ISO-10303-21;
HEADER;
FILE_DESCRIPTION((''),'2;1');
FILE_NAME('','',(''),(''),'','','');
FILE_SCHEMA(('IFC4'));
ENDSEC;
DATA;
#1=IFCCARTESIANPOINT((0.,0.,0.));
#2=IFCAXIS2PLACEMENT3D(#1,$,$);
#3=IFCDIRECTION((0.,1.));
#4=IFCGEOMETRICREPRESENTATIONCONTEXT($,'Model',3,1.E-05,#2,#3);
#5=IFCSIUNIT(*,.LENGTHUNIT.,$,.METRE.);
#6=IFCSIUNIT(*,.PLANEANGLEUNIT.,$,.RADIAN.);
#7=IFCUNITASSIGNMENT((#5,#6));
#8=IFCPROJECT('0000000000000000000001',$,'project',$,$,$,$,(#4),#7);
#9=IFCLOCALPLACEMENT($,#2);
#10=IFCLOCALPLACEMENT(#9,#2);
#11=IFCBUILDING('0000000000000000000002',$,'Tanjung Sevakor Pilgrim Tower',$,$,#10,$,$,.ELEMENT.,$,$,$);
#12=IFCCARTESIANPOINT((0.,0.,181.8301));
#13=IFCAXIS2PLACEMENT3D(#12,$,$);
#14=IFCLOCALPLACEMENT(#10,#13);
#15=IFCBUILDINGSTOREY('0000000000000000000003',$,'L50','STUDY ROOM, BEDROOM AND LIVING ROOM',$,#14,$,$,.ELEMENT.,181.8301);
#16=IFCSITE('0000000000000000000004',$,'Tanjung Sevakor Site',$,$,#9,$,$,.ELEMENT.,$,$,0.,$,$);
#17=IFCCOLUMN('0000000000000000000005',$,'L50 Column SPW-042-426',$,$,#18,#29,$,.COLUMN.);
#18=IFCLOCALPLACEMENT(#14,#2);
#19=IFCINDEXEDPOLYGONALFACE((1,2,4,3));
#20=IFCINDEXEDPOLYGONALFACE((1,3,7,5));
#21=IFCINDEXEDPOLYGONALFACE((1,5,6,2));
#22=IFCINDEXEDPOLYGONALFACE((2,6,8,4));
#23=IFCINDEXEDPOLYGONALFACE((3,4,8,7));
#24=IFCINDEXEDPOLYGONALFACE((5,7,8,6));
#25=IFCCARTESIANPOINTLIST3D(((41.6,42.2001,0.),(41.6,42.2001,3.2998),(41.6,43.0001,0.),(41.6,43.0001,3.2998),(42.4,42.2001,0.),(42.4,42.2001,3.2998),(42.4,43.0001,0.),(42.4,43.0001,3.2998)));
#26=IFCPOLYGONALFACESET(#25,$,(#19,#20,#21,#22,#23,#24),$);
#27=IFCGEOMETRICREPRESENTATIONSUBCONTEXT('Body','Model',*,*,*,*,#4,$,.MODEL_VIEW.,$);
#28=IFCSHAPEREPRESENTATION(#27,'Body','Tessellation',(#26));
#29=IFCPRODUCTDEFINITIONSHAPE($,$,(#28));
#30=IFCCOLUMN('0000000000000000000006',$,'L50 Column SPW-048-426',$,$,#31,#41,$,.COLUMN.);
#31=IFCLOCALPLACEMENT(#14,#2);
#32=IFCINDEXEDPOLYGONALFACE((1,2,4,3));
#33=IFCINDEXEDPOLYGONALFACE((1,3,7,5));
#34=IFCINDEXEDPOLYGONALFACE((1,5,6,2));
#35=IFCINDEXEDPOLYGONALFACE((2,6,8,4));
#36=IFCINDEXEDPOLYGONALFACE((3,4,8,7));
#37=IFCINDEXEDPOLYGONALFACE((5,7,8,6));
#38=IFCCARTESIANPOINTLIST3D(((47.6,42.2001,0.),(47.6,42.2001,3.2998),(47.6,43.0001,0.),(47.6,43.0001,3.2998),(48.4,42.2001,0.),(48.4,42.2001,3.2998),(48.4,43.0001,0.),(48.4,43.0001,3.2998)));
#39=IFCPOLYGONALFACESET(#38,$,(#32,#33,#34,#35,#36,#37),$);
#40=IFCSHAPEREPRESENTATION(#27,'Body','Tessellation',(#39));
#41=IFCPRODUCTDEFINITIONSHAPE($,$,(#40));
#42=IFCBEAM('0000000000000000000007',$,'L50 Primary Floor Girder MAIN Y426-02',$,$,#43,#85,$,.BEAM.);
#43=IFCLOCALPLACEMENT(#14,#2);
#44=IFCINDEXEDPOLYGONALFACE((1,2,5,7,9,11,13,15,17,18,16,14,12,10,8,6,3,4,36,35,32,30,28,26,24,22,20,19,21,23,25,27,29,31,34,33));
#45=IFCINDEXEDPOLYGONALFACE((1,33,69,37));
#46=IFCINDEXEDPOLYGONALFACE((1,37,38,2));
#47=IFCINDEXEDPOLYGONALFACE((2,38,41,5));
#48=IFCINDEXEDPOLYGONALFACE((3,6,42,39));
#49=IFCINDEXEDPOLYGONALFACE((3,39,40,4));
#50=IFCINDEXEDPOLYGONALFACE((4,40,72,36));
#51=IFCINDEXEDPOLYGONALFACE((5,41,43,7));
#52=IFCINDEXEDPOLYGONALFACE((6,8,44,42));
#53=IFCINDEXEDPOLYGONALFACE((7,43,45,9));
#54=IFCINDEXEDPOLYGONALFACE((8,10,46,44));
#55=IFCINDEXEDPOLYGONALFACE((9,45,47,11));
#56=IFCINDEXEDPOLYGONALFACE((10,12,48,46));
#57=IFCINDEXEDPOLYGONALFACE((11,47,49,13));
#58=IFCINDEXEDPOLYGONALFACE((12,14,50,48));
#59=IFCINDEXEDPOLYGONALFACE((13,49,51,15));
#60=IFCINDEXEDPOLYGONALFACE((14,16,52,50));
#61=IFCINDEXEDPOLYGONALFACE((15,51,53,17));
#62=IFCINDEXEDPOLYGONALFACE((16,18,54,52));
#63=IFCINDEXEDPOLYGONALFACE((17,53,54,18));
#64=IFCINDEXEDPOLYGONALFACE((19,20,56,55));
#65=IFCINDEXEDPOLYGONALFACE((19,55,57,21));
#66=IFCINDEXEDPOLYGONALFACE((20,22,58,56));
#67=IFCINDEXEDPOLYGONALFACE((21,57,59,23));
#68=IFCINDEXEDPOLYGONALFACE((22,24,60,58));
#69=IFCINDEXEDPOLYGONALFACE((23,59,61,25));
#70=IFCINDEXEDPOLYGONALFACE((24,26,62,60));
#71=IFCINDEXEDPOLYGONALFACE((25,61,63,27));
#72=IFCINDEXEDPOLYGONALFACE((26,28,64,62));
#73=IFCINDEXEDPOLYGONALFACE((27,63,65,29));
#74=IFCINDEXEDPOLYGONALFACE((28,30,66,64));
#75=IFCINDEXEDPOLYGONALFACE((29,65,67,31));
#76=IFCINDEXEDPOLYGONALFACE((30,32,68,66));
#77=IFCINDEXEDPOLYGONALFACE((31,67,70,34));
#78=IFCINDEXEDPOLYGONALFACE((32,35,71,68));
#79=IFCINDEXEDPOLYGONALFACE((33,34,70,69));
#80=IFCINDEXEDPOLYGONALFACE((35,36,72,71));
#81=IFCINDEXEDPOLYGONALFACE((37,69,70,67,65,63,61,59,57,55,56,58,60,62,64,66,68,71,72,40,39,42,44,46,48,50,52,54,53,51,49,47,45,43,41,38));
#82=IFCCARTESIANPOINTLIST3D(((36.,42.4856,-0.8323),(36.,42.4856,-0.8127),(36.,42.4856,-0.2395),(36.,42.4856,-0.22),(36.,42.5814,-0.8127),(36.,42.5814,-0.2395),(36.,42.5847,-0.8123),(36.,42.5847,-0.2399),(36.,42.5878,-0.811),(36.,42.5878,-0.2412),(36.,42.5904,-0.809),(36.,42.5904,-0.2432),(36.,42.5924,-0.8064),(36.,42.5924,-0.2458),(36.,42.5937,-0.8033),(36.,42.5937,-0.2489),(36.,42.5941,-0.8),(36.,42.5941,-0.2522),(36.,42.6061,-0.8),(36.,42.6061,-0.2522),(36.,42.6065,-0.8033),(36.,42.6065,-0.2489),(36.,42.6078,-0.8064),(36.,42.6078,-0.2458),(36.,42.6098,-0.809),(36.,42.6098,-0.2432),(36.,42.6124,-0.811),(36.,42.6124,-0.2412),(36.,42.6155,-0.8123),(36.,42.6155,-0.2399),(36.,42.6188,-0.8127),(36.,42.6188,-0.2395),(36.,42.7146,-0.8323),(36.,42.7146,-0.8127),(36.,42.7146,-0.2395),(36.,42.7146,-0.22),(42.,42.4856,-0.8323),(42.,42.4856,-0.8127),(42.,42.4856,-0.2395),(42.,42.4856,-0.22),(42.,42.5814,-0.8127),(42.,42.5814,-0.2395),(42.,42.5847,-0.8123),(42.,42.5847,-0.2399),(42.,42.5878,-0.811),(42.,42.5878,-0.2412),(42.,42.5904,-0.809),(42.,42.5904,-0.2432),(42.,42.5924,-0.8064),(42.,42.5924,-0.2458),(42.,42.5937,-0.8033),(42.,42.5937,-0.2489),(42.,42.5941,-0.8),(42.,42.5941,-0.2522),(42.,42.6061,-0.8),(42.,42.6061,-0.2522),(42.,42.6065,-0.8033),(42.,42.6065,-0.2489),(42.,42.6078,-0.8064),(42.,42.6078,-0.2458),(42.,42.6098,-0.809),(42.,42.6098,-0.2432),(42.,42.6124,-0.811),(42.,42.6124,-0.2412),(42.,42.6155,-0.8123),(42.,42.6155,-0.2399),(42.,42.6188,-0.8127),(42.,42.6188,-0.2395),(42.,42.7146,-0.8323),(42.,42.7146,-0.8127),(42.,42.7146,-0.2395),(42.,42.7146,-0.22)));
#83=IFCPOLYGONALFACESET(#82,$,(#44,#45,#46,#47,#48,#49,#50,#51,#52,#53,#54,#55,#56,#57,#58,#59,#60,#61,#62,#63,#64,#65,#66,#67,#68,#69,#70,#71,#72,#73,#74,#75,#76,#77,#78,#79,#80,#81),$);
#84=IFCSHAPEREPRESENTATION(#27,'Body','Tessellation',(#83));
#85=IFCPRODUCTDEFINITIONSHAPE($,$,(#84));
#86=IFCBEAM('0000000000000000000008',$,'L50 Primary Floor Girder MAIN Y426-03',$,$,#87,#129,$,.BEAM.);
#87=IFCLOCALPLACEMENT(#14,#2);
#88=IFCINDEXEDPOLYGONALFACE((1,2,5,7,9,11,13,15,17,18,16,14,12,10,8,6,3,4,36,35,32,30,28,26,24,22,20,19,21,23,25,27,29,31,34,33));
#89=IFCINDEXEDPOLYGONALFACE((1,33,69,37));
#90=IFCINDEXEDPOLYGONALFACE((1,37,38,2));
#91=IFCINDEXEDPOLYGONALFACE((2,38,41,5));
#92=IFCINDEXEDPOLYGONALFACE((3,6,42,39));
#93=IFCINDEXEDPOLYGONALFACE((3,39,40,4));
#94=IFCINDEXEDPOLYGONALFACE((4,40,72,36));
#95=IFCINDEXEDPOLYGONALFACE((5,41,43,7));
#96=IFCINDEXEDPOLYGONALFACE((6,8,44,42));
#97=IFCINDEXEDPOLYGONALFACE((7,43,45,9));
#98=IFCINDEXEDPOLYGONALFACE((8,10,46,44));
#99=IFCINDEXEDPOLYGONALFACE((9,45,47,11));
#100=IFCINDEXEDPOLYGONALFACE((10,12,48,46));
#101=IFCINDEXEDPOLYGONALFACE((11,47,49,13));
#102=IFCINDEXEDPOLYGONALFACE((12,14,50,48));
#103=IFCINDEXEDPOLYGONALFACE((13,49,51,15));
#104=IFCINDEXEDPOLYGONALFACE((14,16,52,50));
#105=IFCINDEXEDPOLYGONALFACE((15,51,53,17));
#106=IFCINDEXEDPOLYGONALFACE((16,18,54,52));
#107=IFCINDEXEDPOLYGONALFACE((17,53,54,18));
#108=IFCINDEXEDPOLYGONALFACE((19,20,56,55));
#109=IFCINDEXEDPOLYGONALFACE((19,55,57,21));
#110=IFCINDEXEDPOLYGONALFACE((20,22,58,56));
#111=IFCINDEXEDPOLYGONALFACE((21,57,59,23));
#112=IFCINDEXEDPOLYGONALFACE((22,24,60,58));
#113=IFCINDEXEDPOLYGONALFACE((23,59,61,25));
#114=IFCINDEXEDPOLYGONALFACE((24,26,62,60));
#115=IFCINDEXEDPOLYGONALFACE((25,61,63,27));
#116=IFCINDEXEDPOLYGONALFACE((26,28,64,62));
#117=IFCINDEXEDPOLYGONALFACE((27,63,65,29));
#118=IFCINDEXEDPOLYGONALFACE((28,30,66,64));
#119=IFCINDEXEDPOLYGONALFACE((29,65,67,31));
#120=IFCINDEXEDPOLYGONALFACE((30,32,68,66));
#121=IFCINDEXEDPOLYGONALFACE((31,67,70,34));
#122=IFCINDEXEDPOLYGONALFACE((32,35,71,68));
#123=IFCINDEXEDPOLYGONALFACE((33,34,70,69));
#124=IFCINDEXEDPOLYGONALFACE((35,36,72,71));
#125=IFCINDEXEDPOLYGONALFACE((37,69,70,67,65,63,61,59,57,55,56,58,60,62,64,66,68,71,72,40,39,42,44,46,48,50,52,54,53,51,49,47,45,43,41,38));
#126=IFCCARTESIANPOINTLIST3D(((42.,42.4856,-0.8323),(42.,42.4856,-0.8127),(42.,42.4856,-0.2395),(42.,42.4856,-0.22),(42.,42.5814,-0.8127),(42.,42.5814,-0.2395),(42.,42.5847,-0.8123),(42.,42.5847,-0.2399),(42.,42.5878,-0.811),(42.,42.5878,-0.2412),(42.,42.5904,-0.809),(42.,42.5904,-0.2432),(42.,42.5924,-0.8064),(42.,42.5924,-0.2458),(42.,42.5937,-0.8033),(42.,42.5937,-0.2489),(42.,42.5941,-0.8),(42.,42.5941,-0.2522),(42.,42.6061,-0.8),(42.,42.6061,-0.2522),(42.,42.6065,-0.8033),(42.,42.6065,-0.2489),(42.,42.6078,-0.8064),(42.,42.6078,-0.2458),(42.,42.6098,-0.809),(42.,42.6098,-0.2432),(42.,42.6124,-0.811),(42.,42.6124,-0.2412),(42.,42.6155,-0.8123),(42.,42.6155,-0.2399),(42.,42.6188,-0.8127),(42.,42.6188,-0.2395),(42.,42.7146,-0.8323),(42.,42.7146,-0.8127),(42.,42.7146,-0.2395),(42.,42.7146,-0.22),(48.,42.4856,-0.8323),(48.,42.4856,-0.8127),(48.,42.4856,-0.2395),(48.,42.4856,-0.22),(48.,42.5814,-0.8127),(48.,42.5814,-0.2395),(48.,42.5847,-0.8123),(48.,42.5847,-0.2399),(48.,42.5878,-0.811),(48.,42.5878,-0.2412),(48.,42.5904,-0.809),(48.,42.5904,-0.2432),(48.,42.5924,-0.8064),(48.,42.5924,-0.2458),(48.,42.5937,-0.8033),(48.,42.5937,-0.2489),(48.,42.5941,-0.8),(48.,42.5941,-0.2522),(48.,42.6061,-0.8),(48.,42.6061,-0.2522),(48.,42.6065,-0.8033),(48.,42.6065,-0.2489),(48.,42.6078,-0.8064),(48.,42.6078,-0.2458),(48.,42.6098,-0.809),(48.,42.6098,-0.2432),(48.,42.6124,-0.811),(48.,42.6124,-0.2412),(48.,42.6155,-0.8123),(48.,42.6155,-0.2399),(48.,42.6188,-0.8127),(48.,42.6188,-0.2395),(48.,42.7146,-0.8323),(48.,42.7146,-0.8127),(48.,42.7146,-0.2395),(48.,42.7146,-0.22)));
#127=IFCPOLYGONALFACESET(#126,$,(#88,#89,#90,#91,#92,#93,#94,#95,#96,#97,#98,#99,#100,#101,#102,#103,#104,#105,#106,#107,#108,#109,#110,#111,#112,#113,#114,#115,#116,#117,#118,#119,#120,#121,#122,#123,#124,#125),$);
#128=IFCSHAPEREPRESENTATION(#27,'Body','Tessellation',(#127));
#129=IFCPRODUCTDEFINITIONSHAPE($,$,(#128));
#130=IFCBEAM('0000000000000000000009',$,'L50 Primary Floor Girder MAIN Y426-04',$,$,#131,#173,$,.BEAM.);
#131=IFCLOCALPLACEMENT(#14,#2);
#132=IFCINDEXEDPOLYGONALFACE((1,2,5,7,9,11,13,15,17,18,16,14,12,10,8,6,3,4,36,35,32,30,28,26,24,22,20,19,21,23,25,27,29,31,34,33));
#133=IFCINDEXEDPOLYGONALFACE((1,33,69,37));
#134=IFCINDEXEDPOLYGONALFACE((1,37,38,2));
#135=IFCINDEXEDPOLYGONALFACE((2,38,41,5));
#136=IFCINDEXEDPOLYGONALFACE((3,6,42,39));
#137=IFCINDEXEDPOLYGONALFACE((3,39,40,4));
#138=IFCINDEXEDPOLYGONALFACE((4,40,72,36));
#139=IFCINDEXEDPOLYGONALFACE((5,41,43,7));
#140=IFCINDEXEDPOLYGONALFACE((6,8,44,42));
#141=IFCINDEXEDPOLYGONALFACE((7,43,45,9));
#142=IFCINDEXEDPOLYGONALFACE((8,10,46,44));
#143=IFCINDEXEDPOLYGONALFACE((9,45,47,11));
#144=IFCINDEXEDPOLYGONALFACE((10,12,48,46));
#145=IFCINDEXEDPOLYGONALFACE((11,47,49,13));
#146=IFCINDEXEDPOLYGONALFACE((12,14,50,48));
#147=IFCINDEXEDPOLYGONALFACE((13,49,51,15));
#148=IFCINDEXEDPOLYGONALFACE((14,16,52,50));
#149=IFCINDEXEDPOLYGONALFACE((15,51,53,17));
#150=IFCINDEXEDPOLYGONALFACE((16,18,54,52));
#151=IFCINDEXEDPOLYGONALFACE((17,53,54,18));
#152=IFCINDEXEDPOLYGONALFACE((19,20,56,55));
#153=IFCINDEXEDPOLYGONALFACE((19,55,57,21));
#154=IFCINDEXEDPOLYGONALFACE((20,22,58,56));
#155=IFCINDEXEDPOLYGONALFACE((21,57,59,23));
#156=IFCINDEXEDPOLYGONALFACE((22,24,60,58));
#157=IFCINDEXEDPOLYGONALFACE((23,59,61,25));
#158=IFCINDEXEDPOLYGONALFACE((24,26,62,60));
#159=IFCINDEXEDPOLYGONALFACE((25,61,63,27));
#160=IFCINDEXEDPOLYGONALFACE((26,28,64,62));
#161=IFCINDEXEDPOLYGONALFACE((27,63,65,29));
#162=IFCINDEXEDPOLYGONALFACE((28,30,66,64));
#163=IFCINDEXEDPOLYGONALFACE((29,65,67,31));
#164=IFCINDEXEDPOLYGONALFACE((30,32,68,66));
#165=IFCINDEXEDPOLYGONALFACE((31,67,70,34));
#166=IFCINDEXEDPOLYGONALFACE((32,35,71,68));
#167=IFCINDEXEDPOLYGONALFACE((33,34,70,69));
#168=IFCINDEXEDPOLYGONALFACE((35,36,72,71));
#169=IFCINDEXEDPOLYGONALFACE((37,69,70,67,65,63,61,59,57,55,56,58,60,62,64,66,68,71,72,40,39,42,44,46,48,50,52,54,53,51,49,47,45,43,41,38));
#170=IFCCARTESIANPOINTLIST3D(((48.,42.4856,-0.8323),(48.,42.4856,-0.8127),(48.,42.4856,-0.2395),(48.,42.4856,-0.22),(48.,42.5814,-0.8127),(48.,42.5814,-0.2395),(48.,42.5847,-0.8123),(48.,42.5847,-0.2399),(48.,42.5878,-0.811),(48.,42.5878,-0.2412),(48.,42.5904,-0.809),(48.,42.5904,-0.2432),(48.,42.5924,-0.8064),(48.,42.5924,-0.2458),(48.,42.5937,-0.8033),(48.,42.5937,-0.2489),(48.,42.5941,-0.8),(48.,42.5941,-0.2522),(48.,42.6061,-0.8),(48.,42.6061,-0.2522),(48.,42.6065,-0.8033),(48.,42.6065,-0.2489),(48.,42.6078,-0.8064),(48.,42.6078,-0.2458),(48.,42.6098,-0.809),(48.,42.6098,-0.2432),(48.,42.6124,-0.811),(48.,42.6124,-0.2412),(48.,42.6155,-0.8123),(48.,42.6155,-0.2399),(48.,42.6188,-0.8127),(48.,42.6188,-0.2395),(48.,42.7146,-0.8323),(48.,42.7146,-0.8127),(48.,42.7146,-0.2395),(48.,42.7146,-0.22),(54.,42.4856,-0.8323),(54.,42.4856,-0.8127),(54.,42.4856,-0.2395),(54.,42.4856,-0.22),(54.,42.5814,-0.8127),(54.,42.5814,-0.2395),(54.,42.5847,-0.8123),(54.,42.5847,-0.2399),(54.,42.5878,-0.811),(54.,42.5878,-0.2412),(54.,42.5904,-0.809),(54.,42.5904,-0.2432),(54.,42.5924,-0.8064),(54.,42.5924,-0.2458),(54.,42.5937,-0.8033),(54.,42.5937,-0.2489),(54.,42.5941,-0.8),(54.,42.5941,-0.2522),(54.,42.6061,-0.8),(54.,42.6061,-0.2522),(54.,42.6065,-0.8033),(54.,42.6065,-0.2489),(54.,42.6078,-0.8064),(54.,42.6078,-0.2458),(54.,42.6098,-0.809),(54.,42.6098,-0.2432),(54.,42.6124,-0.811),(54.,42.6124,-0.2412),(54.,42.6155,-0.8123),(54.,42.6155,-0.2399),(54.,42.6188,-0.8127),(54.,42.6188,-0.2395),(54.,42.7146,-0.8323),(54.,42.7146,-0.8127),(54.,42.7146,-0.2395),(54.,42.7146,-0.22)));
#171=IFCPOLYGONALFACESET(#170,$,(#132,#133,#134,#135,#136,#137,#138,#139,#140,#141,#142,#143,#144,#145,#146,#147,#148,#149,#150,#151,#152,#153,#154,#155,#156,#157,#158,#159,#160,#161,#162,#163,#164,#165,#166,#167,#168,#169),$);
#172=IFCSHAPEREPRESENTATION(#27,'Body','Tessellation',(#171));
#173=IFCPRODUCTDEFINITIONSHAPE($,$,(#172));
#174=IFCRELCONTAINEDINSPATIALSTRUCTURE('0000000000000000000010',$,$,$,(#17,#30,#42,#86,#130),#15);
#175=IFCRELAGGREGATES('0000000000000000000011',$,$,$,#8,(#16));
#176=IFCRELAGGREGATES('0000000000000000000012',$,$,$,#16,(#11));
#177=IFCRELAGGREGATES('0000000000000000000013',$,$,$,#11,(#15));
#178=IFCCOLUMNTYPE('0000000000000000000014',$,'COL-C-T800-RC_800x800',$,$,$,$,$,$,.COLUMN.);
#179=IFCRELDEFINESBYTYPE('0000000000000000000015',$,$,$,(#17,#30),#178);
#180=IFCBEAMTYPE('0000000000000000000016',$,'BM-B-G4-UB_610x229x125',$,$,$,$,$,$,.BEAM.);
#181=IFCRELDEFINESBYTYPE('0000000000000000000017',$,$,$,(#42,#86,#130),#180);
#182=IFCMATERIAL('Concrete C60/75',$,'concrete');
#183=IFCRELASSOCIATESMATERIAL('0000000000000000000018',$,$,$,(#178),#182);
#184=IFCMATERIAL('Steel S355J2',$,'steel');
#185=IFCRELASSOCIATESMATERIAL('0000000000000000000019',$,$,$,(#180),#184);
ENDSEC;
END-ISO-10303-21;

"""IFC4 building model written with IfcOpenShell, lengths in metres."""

from ifc_helpers import new_model, si_unit, direction, frame, origin, origin_2d, place, context, subcontext, project, spatial, rectangle, i_section, extrude, material, material_profile, profile_set, type_object, element, save


model = new_model("IFC4")

# Units and contexts
model_context = context("Model", 3, precision=1e-05, world=origin(), true_north=direction((0.0, 1.0)))
body_context = subcontext(model_context, "Body", "Model", "MODEL_VIEW")
ifc_project = project(units=[si_unit("LENGTHUNIT", "METRE"), si_unit("PLANEANGLEUNIT", "RADIAN")], contexts=[model_context])

# Site, building, storey
site_placement = place(None, origin())
site = spatial("IfcSite", under=ifc_project, at=site_placement, Name="Tanjung Sevakor Site", CompositionType="ELEMENT", RefElevation=0.0)
building_placement = place(site_placement, origin())
building = spatial("IfcBuilding", under=site, at=building_placement, Name="Tanjung Sevakor Pilgrim Tower", CompositionType="ELEMENT")
storey_placement = place(building_placement, frame((0.0, 0.0, 181.8301)))
storey = spatial("IfcBuildingStorey", under=building, at=storey_placement, Name="L50", Description="STUDY ROOM, BEDROOM AND LIVING ROOM", CompositionType="ELEMENT", Elevation=181.8301)

# Columns
ifc_material_1 = material(Name="Concrete C60/75", Category="concrete")
ifc_material_profile_1 = material_profile(ifc_material_1, rectangle(XDim=0.8, YDim=0.8, at=origin_2d()))
ifc_profile_set_1 = profile_set([ifc_material_profile_1], Name="Concrete C60/75")
column_type = type_object("IfcColumnType", Name="COL-C-T800-RC_800x800", PredefinedType="COLUMN", material=ifc_profile_set_1)
for number, where, z_axis, x_axis, name in (
    (1, (42.0, 42.6001, 0.0), (0.0, 0.0, 1.0), (1.0, 0.0, 0.0), "L50 Column SPW-042-426"),
    (2, (48.0, 42.6001, 0.0), (0.0, 0.0, 1.0), (1.0, 0.0, 0.0), "L50 Column SPW-048-426"),
):
    element("IfcColumn", number, at=place(storey_placement, frame(where, z_axis=z_axis, x_axis=x_axis)), inside=storey, type_object=column_type, Name=name, PredefinedType="COLUMN", context=body_context, shape_type="SweptSolid", body=[
        extrude(rectangle(XDim=0.8, YDim=0.8, at=origin_2d()), origin(), (0.0, 0.0, 1.0), 3.2998),
    ])

# Beams
ifc_material_2 = material(Name="Steel S355J2", Category="steel")
ifc_material_profile_2 = material_profile(ifc_material_2, i_section(OverallWidth=0.229, OverallDepth=0.6123, WebThickness=0.012, FlangeThickness=0.0195, FilletRadius=0.0127, at=origin_2d()))
ifc_profile_set_2 = profile_set([ifc_material_profile_2], Name="Steel S355J2")
beam_type_1 = type_object("IfcBeamType", Name="BM-B-G4-UB_610x229x125", PredefinedType="BEAM", material=ifc_profile_set_2)
for number, where, z_axis, x_axis, name in (
    (3, (36.0, 42.6001, -0.5261), (1.0, 0.0, 0.0), (0.0, 1.0, 0.0), "L50 Primary Floor Girder MAIN Y426-02"),
    (4, (42.0, 42.6001, -0.5261), (1.0, 0.0, 0.0), (0.0, 1.0, 0.0), "L50 Primary Floor Girder MAIN Y426-03"),
    (5, (48.0, 42.6001, -0.5261), (1.0, 0.0, 0.0), (0.0, 1.0, 0.0), "L50 Primary Floor Girder MAIN Y426-04"),
):
    element("IfcBeam", number, at=place(storey_placement, frame(where, z_axis=z_axis, x_axis=x_axis)), inside=storey, type_object=beam_type_1, Name=name, PredefinedType="BEAM", context=body_context, shape_type="SweptSolid", body=[
        extrude(i_section(OverallWidth=0.229, OverallDepth=0.6123, WebThickness=0.012, FlangeThickness=0.0195, FilletRadius=0.0127, at=origin_2d()), origin(), (0.0, 0.0, 1.0), 6.0),
    ])

save(model, "model.ifc")
